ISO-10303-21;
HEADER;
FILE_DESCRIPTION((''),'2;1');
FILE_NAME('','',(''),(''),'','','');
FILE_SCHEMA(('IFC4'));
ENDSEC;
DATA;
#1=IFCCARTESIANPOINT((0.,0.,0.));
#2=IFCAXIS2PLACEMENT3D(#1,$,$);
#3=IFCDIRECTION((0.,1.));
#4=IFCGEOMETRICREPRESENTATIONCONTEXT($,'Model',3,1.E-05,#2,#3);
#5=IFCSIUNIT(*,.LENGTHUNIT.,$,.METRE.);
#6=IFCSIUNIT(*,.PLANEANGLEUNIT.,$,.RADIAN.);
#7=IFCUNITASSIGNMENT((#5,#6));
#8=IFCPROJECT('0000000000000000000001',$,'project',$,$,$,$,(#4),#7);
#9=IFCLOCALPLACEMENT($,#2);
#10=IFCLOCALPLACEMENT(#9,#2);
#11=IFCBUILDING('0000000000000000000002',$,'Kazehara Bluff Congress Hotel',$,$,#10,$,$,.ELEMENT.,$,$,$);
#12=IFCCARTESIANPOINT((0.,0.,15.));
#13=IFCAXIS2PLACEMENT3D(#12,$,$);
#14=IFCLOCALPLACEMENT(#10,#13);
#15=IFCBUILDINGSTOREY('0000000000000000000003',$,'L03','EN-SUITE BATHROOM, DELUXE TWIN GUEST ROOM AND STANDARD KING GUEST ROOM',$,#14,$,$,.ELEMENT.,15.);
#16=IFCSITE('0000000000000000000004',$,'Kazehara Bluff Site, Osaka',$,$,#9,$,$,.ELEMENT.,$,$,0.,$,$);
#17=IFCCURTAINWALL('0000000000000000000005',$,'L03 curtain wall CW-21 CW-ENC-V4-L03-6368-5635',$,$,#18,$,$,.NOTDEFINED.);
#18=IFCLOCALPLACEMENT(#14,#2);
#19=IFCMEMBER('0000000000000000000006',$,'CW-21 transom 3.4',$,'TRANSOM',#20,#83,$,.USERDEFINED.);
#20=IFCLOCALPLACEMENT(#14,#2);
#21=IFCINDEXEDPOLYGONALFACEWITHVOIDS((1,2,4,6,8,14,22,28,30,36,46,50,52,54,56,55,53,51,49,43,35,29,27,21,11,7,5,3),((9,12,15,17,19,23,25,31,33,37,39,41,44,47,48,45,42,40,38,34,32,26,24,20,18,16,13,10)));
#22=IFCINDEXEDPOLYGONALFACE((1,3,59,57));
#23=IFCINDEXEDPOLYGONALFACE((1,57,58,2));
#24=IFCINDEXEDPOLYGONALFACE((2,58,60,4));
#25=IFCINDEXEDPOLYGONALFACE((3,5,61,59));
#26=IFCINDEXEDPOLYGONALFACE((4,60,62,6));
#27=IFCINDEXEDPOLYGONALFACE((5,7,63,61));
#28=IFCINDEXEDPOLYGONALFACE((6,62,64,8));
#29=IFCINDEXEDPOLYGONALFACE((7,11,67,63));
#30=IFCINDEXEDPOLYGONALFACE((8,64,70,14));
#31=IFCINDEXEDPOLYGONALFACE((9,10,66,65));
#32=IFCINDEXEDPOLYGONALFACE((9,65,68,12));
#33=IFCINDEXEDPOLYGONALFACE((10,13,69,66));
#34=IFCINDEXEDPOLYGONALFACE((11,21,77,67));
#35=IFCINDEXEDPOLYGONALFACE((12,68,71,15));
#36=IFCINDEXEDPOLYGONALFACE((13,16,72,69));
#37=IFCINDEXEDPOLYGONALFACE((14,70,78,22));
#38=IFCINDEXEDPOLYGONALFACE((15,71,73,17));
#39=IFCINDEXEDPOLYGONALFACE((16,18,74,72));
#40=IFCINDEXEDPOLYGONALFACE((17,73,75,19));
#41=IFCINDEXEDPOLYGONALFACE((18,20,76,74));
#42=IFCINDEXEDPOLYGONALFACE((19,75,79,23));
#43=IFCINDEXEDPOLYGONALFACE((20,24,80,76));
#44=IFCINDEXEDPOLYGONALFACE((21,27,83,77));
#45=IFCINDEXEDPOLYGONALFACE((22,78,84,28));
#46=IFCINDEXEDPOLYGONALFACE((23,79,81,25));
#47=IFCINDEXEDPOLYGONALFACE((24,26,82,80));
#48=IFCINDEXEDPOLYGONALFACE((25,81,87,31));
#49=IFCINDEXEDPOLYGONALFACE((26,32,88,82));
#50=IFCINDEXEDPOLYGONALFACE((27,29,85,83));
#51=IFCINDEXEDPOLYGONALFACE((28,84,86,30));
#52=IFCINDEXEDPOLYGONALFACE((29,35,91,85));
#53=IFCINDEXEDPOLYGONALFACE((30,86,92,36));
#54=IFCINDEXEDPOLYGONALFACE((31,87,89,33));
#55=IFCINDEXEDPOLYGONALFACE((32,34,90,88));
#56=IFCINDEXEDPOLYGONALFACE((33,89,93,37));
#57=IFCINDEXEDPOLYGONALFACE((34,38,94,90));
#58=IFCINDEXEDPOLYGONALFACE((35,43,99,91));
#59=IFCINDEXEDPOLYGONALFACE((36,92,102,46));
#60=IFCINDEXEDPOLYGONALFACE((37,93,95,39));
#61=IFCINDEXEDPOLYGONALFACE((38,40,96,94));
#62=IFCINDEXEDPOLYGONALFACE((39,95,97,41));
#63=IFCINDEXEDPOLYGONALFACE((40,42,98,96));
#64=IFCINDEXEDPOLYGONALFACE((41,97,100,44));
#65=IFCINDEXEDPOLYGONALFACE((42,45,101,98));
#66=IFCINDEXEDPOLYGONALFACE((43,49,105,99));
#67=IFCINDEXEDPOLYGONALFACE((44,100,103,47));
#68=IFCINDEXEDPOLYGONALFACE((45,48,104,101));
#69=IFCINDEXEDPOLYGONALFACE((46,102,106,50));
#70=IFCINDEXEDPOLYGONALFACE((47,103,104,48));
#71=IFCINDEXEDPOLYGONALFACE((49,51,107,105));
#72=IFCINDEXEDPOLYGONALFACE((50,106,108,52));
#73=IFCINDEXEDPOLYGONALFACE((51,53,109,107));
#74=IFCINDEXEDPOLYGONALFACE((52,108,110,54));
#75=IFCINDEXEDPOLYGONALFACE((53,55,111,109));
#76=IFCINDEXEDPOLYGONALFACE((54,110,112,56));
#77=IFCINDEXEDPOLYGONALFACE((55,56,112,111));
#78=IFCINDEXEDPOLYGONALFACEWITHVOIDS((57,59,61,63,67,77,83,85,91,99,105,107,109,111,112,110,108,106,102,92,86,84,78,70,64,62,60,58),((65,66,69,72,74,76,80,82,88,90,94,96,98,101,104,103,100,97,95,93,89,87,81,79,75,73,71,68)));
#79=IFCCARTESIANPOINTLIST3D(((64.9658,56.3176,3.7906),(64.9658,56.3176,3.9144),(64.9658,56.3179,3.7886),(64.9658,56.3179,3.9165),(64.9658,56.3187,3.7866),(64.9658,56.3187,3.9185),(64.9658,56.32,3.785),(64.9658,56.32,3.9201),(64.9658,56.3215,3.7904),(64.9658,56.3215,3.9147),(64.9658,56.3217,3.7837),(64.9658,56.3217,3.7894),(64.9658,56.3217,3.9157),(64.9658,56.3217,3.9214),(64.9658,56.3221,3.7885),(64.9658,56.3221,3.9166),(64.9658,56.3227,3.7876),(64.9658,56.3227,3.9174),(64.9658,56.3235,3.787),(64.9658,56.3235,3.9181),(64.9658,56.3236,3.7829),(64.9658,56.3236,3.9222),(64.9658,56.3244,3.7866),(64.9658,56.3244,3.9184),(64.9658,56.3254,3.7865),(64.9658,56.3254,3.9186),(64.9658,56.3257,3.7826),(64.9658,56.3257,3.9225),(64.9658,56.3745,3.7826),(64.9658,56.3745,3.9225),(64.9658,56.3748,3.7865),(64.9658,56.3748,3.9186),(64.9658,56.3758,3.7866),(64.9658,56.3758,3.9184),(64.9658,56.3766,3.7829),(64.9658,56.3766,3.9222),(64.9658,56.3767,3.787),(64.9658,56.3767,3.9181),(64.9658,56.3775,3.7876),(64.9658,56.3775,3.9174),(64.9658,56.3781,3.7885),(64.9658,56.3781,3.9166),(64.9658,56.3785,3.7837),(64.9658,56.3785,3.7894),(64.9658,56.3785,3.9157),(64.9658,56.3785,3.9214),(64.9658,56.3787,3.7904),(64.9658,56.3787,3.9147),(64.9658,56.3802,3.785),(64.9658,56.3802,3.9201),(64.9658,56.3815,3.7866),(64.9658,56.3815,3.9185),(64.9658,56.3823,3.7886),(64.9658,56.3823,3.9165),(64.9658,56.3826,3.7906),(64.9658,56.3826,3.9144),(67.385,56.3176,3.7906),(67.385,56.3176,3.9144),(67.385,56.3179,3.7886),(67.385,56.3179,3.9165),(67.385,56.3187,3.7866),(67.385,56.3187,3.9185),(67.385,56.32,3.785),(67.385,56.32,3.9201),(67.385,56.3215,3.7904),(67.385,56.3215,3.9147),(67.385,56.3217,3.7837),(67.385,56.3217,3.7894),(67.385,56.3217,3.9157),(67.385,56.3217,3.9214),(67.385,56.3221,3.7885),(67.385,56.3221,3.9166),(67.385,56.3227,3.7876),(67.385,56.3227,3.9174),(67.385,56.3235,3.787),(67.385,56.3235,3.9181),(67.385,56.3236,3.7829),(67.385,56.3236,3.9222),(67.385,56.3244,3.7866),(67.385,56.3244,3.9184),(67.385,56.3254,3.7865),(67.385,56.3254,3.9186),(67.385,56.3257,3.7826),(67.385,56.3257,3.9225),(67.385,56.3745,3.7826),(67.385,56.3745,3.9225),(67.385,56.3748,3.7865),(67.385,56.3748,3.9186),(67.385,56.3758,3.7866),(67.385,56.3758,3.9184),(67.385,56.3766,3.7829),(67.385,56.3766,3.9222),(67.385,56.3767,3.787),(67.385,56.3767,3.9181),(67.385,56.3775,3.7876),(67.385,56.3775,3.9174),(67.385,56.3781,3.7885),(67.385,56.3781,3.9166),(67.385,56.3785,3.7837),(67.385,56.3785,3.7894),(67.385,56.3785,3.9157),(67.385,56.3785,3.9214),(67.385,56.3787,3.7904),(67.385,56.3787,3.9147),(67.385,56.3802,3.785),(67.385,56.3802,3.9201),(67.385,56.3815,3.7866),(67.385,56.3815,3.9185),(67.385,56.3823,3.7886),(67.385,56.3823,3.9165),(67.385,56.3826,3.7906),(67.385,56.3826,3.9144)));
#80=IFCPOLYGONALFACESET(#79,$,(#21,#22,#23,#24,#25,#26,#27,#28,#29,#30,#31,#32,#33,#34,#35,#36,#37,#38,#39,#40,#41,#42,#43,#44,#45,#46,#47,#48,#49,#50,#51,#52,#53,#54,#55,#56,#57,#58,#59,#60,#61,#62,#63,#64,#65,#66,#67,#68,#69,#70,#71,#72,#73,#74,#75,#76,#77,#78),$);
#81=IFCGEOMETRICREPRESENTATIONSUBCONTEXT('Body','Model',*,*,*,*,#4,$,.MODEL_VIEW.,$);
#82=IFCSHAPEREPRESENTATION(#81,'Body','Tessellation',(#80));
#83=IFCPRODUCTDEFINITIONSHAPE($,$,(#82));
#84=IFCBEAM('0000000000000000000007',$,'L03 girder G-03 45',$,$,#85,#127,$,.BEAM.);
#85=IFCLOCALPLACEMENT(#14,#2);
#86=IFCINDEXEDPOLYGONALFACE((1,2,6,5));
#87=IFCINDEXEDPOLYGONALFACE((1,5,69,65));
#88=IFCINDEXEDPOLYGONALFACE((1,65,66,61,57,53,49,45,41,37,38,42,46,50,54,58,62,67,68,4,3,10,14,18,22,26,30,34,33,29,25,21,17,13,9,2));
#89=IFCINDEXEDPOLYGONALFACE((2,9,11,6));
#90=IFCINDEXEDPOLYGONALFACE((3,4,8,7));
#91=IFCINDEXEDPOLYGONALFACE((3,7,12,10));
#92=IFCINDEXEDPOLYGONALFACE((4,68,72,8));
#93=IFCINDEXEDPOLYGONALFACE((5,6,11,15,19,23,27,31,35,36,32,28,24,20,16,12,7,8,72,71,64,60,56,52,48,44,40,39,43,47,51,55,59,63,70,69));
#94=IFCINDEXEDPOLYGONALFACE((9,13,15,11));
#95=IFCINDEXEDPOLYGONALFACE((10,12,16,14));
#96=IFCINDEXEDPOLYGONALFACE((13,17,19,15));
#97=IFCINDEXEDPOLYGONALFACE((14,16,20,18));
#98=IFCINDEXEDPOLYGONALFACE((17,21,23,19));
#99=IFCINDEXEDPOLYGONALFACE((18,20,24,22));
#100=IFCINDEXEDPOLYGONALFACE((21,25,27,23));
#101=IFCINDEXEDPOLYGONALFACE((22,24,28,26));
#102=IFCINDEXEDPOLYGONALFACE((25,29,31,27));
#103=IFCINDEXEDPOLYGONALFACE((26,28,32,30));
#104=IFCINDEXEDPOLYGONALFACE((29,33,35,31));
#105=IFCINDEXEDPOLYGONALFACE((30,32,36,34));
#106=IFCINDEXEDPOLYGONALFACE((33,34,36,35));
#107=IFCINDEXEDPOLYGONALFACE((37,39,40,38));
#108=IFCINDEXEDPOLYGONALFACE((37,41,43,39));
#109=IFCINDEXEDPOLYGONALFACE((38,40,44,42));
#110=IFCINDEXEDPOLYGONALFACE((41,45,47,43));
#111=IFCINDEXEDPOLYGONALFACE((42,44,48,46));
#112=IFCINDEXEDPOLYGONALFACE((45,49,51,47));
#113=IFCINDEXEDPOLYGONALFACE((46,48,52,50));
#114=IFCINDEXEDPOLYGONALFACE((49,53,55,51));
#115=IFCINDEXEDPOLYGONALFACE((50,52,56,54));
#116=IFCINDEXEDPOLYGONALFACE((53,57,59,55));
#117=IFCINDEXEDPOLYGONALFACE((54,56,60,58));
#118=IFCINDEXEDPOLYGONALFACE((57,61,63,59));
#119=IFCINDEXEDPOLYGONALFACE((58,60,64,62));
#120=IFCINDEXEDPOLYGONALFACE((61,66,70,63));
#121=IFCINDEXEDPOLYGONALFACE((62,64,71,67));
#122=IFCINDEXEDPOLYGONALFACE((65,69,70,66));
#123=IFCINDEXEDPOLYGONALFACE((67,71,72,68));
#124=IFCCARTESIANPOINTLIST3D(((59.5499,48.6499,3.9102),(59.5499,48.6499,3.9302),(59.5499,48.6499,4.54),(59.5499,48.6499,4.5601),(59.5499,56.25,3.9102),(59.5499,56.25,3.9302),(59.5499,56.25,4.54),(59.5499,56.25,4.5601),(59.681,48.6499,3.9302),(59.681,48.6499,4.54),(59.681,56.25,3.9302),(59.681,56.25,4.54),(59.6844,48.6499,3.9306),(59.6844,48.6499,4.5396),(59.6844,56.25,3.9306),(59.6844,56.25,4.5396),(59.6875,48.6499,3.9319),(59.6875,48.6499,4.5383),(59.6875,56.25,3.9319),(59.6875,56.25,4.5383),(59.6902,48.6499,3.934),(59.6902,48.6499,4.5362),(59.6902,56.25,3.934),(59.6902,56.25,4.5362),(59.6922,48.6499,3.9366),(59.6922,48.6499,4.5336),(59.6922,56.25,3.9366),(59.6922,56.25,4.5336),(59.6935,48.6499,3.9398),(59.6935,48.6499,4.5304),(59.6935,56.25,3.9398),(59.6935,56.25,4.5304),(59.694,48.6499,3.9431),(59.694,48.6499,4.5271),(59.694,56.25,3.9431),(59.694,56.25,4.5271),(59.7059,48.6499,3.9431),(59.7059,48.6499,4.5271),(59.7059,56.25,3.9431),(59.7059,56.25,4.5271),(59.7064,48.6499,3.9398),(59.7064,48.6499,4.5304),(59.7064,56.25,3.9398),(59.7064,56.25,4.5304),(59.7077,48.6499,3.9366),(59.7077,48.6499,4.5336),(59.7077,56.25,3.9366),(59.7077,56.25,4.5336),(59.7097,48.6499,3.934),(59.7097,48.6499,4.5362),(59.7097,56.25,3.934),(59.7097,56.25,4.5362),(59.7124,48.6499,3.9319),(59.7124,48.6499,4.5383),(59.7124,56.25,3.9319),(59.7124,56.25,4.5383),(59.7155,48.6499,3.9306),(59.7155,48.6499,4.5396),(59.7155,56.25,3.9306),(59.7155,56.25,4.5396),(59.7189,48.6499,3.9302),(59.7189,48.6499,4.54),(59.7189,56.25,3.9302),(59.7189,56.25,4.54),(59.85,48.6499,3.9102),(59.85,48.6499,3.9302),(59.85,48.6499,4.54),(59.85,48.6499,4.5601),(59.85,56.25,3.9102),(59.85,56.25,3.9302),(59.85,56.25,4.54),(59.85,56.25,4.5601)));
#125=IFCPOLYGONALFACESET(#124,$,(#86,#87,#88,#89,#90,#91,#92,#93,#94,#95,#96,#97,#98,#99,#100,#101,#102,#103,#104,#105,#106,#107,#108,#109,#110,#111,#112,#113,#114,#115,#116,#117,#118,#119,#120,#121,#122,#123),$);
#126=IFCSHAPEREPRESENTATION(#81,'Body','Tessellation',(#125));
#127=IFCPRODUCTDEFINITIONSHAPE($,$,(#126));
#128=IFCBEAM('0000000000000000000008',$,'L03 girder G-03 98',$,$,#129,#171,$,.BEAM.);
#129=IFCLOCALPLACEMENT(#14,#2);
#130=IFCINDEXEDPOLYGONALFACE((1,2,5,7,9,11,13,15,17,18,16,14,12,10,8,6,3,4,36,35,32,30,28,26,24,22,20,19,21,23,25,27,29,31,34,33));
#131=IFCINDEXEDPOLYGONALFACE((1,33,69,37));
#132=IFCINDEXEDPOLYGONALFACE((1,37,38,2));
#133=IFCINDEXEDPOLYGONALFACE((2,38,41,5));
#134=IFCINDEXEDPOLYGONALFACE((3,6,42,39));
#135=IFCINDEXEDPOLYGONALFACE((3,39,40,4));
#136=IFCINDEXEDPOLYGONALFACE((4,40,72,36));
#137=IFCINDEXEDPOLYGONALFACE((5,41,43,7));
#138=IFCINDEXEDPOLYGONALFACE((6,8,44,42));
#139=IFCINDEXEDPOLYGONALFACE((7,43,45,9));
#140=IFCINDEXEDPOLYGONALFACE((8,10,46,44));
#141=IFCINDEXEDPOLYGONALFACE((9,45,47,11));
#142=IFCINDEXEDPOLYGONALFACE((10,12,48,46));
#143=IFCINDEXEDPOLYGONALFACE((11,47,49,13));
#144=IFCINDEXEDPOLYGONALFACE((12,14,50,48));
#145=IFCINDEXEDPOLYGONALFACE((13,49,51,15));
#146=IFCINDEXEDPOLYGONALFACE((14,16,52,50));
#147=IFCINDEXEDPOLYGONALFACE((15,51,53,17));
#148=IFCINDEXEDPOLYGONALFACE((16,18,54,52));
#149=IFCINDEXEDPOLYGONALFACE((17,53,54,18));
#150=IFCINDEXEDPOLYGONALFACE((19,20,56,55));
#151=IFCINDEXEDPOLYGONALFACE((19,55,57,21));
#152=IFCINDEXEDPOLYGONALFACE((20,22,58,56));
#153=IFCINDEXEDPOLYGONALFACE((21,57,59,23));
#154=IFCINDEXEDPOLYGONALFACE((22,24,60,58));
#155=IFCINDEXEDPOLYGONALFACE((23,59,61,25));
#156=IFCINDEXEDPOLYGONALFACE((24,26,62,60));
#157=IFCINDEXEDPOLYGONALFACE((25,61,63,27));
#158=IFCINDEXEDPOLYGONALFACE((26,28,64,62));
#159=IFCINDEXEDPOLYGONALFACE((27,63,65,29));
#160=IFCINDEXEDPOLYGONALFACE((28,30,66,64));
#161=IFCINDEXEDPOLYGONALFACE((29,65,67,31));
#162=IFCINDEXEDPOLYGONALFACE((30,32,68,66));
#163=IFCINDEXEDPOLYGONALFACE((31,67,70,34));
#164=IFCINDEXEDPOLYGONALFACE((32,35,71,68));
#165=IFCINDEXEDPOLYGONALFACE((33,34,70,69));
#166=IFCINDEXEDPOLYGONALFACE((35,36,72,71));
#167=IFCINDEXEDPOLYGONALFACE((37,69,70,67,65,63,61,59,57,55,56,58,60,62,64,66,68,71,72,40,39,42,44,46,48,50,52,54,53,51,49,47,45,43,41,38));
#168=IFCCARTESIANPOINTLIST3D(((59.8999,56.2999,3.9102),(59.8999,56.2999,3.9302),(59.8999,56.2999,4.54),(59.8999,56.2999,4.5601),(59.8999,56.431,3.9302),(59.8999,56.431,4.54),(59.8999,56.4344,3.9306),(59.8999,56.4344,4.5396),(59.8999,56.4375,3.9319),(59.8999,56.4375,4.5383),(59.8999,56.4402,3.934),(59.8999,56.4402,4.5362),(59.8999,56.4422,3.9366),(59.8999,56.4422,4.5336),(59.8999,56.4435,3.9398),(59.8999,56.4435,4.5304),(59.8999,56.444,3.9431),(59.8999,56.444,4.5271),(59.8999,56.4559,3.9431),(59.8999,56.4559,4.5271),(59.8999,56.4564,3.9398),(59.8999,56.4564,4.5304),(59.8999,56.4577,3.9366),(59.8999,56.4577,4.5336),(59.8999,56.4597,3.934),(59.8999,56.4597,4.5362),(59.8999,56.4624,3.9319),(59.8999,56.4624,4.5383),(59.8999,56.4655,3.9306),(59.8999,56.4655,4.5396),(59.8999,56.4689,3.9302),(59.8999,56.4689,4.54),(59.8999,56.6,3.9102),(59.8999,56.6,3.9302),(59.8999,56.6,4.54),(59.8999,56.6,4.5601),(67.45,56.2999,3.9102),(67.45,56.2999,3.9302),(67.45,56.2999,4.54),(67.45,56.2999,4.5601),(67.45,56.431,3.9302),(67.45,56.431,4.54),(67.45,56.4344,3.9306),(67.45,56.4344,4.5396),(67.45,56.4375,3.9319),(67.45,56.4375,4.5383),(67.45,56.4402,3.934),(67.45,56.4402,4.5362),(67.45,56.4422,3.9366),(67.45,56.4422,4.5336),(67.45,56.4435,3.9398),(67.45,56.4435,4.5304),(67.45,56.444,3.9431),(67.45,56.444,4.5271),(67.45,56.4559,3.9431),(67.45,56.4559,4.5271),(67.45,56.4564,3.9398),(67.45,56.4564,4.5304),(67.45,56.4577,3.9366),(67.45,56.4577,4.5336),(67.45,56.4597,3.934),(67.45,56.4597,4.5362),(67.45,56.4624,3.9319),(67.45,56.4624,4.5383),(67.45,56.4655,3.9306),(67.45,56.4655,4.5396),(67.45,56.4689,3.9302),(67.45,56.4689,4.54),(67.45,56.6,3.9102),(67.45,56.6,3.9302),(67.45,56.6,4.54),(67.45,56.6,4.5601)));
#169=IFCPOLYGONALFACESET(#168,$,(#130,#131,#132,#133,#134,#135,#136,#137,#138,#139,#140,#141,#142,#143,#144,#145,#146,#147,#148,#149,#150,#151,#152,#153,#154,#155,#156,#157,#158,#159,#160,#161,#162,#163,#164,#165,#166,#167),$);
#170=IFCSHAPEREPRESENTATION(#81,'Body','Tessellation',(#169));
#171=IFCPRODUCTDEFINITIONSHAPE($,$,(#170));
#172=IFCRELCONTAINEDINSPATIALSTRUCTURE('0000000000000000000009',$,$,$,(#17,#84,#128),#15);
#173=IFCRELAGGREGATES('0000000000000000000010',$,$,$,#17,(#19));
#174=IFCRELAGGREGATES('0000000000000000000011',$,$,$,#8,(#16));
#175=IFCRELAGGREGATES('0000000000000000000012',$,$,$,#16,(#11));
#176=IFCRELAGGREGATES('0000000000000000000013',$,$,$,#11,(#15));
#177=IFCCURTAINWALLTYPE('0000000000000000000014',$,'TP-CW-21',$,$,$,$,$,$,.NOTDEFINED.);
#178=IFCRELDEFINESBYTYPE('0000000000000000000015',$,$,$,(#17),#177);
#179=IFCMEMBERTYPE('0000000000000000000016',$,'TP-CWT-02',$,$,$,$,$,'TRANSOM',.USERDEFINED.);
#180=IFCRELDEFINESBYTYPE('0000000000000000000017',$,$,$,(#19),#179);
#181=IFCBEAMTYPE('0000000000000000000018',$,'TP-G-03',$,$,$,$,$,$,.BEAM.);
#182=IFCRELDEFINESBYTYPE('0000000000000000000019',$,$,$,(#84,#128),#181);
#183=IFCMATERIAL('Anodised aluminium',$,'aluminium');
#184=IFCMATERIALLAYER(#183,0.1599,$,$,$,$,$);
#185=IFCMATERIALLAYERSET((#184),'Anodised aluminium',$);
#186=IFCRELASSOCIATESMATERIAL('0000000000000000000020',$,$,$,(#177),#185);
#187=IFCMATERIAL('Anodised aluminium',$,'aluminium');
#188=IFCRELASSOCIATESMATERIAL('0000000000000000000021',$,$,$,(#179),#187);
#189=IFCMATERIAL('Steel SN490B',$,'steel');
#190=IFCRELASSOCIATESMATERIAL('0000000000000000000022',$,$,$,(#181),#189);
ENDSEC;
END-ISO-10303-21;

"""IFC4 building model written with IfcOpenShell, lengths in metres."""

from ifc_helpers import new_model, si_unit, direction, frame, origin, origin_2d, place, context, subcontext, project, spatial, hollow_rectangle, i_section, extrude, material, layer, layer_set, material_profile, profile_set, type_object, element, aggregate, save


model = new_model("IFC4")

# Units and contexts
model_context = context("Model", 3, precision=1e-05, world=origin(), true_north=direction((0.0, 1.0)))
body_context = subcontext(model_context, "Body", "Model", "MODEL_VIEW")
ifc_project = project(units=[si_unit("LENGTHUNIT", "METRE"), si_unit("PLANEANGLEUNIT", "RADIAN")], contexts=[model_context])

# Site, building, storey
site_placement = place(None, origin())
site = spatial("IfcSite", under=ifc_project, at=site_placement, Name="Kazehara Bluff Site, Osaka", CompositionType="ELEMENT", RefElevation=0.0)
building_placement = place(site_placement, origin())
building = spatial("IfcBuilding", under=site, at=building_placement, Name="Kazehara Bluff Congress Hotel", CompositionType="ELEMENT")
storey_placement = place(building_placement, frame((0.0, 0.0, 15.0)))
storey = spatial("IfcBuildingStorey", under=building, at=storey_placement, Name="L03", Description="EN-SUITE BATHROOM, DELUXE TWIN GUEST ROOM AND STANDARD KING GUEST ROOM", CompositionType="ELEMENT", Elevation=15.0)

# Curtain wall, member
ifc_material_1 = material(Name="Anodised aluminium", Category="aluminium")
ifc_layer_1 = layer(ifc_material_1, 0.1599)
ifc_layer_set_1 = layer_set([ifc_layer_1], Name="Anodised aluminium")
curtain_wall_type = type_object("IfcCurtainWallType", Name="TP-CW-21", PredefinedType="NOTDEFINED", material=ifc_layer_set_1)
curtain_wall_placement = place(storey_placement, origin())
curtain_wall = element("IfcCurtainWall", 1, at=curtain_wall_placement, inside=storey, type_object=curtain_wall_type, Name="L03 curtain wall CW-21 CW-ENC-V4-L03-6368-5635", PredefinedType="NOTDEFINED")
ifc_material_2 = material(Name="Anodised aluminium", Category="aluminium")
ifc_material_profile_1 = material_profile(ifc_material_2, hollow_rectangle(XDim=0.0649, YDim=0.1399, WallThickness=0.0039, InnerFilletRadius=0.0039, OuterFilletRadius=0.0081, at=origin_2d()))
ifc_profile_set_1 = profile_set([ifc_material_profile_1], Name="Anodised aluminium")
member_type_1 = type_object("IfcMemberType", Name="TP-CWT-02", ElementType="TRANSOM", PredefinedType="USERDEFINED", material=ifc_profile_set_1)
member_1_placement = place(storey_placement, frame((64.9658, 56.3501, 3.8525), z_axis=(1.0, 0.0, 0.0), x_axis=(0.0, 1.0, 0.0)))
member_1 = element("IfcMember", 2, at=member_1_placement, type_object=member_type_1, Name="CW-21 transom 3.4", ObjectType="TRANSOM", PredefinedType="USERDEFINED", context=body_context, shape_type="SweptSolid", body=[
    extrude(hollow_rectangle(XDim=0.0649, YDim=0.1399, WallThickness=0.0039, InnerFilletRadius=0.0039, OuterFilletRadius=0.0081, at=origin_2d()), origin(), (0.0, 0.0, 1.0), 2.4192),
])

# Beams
ifc_material_3 = material(Name="Steel SN490B", Category="steel")
ifc_material_profile_2 = material_profile(ifc_material_3, i_section(OverallWidth=0.3, OverallDepth=0.6499, WebThickness=0.012, FlangeThickness=0.02, FilletRadius=0.0129, at=origin_2d()))
ifc_profile_set_2 = profile_set([ifc_material_profile_2], Name="Steel SN490B")
beam_type_1 = type_object("IfcBeamType", Name="TP-G-03", PredefinedType="BEAM", material=ifc_profile_set_2)
beam_1_placement = place(storey_placement, frame((59.7, 48.6499, 4.2351), z_axis=(0.0, 1.0, 0.0), x_axis=(-1.0, 0.0, 0.0)))
element("IfcBeam", 3, at=beam_1_placement, inside=storey, type_object=beam_type_1, Name="L03 girder G-03 45", PredefinedType="BEAM", context=body_context, shape_type="SweptSolid", body=[
    extrude(i_section(OverallWidth=0.3, OverallDepth=0.6499, WebThickness=0.012, FlangeThickness=0.02, FilletRadius=0.0129, at=origin_2d()), origin(), (0.0, 0.0, 1.0), 7.6001),
])
beam_2_placement = place(storey_placement, frame((59.8999, 56.45, 4.2351), z_axis=(1.0, 0.0, 0.0), x_axis=(0.0, 1.0, 0.0)))
element("IfcBeam", 4, at=beam_2_placement, inside=storey, type_object=beam_type_1, Name="L03 girder G-03 98", PredefinedType="BEAM", context=body_context, shape_type="SweptSolid", body=[
    extrude(i_section(OverallWidth=0.3, OverallDepth=0.6499, WebThickness=0.012, FlangeThickness=0.02, FilletRadius=0.0129, at=origin_2d()), origin(), (0.0, 0.0, 1.0), 7.55),
])

aggregate(curtain_wall, [member_1])

save(model, "model.ifc")
